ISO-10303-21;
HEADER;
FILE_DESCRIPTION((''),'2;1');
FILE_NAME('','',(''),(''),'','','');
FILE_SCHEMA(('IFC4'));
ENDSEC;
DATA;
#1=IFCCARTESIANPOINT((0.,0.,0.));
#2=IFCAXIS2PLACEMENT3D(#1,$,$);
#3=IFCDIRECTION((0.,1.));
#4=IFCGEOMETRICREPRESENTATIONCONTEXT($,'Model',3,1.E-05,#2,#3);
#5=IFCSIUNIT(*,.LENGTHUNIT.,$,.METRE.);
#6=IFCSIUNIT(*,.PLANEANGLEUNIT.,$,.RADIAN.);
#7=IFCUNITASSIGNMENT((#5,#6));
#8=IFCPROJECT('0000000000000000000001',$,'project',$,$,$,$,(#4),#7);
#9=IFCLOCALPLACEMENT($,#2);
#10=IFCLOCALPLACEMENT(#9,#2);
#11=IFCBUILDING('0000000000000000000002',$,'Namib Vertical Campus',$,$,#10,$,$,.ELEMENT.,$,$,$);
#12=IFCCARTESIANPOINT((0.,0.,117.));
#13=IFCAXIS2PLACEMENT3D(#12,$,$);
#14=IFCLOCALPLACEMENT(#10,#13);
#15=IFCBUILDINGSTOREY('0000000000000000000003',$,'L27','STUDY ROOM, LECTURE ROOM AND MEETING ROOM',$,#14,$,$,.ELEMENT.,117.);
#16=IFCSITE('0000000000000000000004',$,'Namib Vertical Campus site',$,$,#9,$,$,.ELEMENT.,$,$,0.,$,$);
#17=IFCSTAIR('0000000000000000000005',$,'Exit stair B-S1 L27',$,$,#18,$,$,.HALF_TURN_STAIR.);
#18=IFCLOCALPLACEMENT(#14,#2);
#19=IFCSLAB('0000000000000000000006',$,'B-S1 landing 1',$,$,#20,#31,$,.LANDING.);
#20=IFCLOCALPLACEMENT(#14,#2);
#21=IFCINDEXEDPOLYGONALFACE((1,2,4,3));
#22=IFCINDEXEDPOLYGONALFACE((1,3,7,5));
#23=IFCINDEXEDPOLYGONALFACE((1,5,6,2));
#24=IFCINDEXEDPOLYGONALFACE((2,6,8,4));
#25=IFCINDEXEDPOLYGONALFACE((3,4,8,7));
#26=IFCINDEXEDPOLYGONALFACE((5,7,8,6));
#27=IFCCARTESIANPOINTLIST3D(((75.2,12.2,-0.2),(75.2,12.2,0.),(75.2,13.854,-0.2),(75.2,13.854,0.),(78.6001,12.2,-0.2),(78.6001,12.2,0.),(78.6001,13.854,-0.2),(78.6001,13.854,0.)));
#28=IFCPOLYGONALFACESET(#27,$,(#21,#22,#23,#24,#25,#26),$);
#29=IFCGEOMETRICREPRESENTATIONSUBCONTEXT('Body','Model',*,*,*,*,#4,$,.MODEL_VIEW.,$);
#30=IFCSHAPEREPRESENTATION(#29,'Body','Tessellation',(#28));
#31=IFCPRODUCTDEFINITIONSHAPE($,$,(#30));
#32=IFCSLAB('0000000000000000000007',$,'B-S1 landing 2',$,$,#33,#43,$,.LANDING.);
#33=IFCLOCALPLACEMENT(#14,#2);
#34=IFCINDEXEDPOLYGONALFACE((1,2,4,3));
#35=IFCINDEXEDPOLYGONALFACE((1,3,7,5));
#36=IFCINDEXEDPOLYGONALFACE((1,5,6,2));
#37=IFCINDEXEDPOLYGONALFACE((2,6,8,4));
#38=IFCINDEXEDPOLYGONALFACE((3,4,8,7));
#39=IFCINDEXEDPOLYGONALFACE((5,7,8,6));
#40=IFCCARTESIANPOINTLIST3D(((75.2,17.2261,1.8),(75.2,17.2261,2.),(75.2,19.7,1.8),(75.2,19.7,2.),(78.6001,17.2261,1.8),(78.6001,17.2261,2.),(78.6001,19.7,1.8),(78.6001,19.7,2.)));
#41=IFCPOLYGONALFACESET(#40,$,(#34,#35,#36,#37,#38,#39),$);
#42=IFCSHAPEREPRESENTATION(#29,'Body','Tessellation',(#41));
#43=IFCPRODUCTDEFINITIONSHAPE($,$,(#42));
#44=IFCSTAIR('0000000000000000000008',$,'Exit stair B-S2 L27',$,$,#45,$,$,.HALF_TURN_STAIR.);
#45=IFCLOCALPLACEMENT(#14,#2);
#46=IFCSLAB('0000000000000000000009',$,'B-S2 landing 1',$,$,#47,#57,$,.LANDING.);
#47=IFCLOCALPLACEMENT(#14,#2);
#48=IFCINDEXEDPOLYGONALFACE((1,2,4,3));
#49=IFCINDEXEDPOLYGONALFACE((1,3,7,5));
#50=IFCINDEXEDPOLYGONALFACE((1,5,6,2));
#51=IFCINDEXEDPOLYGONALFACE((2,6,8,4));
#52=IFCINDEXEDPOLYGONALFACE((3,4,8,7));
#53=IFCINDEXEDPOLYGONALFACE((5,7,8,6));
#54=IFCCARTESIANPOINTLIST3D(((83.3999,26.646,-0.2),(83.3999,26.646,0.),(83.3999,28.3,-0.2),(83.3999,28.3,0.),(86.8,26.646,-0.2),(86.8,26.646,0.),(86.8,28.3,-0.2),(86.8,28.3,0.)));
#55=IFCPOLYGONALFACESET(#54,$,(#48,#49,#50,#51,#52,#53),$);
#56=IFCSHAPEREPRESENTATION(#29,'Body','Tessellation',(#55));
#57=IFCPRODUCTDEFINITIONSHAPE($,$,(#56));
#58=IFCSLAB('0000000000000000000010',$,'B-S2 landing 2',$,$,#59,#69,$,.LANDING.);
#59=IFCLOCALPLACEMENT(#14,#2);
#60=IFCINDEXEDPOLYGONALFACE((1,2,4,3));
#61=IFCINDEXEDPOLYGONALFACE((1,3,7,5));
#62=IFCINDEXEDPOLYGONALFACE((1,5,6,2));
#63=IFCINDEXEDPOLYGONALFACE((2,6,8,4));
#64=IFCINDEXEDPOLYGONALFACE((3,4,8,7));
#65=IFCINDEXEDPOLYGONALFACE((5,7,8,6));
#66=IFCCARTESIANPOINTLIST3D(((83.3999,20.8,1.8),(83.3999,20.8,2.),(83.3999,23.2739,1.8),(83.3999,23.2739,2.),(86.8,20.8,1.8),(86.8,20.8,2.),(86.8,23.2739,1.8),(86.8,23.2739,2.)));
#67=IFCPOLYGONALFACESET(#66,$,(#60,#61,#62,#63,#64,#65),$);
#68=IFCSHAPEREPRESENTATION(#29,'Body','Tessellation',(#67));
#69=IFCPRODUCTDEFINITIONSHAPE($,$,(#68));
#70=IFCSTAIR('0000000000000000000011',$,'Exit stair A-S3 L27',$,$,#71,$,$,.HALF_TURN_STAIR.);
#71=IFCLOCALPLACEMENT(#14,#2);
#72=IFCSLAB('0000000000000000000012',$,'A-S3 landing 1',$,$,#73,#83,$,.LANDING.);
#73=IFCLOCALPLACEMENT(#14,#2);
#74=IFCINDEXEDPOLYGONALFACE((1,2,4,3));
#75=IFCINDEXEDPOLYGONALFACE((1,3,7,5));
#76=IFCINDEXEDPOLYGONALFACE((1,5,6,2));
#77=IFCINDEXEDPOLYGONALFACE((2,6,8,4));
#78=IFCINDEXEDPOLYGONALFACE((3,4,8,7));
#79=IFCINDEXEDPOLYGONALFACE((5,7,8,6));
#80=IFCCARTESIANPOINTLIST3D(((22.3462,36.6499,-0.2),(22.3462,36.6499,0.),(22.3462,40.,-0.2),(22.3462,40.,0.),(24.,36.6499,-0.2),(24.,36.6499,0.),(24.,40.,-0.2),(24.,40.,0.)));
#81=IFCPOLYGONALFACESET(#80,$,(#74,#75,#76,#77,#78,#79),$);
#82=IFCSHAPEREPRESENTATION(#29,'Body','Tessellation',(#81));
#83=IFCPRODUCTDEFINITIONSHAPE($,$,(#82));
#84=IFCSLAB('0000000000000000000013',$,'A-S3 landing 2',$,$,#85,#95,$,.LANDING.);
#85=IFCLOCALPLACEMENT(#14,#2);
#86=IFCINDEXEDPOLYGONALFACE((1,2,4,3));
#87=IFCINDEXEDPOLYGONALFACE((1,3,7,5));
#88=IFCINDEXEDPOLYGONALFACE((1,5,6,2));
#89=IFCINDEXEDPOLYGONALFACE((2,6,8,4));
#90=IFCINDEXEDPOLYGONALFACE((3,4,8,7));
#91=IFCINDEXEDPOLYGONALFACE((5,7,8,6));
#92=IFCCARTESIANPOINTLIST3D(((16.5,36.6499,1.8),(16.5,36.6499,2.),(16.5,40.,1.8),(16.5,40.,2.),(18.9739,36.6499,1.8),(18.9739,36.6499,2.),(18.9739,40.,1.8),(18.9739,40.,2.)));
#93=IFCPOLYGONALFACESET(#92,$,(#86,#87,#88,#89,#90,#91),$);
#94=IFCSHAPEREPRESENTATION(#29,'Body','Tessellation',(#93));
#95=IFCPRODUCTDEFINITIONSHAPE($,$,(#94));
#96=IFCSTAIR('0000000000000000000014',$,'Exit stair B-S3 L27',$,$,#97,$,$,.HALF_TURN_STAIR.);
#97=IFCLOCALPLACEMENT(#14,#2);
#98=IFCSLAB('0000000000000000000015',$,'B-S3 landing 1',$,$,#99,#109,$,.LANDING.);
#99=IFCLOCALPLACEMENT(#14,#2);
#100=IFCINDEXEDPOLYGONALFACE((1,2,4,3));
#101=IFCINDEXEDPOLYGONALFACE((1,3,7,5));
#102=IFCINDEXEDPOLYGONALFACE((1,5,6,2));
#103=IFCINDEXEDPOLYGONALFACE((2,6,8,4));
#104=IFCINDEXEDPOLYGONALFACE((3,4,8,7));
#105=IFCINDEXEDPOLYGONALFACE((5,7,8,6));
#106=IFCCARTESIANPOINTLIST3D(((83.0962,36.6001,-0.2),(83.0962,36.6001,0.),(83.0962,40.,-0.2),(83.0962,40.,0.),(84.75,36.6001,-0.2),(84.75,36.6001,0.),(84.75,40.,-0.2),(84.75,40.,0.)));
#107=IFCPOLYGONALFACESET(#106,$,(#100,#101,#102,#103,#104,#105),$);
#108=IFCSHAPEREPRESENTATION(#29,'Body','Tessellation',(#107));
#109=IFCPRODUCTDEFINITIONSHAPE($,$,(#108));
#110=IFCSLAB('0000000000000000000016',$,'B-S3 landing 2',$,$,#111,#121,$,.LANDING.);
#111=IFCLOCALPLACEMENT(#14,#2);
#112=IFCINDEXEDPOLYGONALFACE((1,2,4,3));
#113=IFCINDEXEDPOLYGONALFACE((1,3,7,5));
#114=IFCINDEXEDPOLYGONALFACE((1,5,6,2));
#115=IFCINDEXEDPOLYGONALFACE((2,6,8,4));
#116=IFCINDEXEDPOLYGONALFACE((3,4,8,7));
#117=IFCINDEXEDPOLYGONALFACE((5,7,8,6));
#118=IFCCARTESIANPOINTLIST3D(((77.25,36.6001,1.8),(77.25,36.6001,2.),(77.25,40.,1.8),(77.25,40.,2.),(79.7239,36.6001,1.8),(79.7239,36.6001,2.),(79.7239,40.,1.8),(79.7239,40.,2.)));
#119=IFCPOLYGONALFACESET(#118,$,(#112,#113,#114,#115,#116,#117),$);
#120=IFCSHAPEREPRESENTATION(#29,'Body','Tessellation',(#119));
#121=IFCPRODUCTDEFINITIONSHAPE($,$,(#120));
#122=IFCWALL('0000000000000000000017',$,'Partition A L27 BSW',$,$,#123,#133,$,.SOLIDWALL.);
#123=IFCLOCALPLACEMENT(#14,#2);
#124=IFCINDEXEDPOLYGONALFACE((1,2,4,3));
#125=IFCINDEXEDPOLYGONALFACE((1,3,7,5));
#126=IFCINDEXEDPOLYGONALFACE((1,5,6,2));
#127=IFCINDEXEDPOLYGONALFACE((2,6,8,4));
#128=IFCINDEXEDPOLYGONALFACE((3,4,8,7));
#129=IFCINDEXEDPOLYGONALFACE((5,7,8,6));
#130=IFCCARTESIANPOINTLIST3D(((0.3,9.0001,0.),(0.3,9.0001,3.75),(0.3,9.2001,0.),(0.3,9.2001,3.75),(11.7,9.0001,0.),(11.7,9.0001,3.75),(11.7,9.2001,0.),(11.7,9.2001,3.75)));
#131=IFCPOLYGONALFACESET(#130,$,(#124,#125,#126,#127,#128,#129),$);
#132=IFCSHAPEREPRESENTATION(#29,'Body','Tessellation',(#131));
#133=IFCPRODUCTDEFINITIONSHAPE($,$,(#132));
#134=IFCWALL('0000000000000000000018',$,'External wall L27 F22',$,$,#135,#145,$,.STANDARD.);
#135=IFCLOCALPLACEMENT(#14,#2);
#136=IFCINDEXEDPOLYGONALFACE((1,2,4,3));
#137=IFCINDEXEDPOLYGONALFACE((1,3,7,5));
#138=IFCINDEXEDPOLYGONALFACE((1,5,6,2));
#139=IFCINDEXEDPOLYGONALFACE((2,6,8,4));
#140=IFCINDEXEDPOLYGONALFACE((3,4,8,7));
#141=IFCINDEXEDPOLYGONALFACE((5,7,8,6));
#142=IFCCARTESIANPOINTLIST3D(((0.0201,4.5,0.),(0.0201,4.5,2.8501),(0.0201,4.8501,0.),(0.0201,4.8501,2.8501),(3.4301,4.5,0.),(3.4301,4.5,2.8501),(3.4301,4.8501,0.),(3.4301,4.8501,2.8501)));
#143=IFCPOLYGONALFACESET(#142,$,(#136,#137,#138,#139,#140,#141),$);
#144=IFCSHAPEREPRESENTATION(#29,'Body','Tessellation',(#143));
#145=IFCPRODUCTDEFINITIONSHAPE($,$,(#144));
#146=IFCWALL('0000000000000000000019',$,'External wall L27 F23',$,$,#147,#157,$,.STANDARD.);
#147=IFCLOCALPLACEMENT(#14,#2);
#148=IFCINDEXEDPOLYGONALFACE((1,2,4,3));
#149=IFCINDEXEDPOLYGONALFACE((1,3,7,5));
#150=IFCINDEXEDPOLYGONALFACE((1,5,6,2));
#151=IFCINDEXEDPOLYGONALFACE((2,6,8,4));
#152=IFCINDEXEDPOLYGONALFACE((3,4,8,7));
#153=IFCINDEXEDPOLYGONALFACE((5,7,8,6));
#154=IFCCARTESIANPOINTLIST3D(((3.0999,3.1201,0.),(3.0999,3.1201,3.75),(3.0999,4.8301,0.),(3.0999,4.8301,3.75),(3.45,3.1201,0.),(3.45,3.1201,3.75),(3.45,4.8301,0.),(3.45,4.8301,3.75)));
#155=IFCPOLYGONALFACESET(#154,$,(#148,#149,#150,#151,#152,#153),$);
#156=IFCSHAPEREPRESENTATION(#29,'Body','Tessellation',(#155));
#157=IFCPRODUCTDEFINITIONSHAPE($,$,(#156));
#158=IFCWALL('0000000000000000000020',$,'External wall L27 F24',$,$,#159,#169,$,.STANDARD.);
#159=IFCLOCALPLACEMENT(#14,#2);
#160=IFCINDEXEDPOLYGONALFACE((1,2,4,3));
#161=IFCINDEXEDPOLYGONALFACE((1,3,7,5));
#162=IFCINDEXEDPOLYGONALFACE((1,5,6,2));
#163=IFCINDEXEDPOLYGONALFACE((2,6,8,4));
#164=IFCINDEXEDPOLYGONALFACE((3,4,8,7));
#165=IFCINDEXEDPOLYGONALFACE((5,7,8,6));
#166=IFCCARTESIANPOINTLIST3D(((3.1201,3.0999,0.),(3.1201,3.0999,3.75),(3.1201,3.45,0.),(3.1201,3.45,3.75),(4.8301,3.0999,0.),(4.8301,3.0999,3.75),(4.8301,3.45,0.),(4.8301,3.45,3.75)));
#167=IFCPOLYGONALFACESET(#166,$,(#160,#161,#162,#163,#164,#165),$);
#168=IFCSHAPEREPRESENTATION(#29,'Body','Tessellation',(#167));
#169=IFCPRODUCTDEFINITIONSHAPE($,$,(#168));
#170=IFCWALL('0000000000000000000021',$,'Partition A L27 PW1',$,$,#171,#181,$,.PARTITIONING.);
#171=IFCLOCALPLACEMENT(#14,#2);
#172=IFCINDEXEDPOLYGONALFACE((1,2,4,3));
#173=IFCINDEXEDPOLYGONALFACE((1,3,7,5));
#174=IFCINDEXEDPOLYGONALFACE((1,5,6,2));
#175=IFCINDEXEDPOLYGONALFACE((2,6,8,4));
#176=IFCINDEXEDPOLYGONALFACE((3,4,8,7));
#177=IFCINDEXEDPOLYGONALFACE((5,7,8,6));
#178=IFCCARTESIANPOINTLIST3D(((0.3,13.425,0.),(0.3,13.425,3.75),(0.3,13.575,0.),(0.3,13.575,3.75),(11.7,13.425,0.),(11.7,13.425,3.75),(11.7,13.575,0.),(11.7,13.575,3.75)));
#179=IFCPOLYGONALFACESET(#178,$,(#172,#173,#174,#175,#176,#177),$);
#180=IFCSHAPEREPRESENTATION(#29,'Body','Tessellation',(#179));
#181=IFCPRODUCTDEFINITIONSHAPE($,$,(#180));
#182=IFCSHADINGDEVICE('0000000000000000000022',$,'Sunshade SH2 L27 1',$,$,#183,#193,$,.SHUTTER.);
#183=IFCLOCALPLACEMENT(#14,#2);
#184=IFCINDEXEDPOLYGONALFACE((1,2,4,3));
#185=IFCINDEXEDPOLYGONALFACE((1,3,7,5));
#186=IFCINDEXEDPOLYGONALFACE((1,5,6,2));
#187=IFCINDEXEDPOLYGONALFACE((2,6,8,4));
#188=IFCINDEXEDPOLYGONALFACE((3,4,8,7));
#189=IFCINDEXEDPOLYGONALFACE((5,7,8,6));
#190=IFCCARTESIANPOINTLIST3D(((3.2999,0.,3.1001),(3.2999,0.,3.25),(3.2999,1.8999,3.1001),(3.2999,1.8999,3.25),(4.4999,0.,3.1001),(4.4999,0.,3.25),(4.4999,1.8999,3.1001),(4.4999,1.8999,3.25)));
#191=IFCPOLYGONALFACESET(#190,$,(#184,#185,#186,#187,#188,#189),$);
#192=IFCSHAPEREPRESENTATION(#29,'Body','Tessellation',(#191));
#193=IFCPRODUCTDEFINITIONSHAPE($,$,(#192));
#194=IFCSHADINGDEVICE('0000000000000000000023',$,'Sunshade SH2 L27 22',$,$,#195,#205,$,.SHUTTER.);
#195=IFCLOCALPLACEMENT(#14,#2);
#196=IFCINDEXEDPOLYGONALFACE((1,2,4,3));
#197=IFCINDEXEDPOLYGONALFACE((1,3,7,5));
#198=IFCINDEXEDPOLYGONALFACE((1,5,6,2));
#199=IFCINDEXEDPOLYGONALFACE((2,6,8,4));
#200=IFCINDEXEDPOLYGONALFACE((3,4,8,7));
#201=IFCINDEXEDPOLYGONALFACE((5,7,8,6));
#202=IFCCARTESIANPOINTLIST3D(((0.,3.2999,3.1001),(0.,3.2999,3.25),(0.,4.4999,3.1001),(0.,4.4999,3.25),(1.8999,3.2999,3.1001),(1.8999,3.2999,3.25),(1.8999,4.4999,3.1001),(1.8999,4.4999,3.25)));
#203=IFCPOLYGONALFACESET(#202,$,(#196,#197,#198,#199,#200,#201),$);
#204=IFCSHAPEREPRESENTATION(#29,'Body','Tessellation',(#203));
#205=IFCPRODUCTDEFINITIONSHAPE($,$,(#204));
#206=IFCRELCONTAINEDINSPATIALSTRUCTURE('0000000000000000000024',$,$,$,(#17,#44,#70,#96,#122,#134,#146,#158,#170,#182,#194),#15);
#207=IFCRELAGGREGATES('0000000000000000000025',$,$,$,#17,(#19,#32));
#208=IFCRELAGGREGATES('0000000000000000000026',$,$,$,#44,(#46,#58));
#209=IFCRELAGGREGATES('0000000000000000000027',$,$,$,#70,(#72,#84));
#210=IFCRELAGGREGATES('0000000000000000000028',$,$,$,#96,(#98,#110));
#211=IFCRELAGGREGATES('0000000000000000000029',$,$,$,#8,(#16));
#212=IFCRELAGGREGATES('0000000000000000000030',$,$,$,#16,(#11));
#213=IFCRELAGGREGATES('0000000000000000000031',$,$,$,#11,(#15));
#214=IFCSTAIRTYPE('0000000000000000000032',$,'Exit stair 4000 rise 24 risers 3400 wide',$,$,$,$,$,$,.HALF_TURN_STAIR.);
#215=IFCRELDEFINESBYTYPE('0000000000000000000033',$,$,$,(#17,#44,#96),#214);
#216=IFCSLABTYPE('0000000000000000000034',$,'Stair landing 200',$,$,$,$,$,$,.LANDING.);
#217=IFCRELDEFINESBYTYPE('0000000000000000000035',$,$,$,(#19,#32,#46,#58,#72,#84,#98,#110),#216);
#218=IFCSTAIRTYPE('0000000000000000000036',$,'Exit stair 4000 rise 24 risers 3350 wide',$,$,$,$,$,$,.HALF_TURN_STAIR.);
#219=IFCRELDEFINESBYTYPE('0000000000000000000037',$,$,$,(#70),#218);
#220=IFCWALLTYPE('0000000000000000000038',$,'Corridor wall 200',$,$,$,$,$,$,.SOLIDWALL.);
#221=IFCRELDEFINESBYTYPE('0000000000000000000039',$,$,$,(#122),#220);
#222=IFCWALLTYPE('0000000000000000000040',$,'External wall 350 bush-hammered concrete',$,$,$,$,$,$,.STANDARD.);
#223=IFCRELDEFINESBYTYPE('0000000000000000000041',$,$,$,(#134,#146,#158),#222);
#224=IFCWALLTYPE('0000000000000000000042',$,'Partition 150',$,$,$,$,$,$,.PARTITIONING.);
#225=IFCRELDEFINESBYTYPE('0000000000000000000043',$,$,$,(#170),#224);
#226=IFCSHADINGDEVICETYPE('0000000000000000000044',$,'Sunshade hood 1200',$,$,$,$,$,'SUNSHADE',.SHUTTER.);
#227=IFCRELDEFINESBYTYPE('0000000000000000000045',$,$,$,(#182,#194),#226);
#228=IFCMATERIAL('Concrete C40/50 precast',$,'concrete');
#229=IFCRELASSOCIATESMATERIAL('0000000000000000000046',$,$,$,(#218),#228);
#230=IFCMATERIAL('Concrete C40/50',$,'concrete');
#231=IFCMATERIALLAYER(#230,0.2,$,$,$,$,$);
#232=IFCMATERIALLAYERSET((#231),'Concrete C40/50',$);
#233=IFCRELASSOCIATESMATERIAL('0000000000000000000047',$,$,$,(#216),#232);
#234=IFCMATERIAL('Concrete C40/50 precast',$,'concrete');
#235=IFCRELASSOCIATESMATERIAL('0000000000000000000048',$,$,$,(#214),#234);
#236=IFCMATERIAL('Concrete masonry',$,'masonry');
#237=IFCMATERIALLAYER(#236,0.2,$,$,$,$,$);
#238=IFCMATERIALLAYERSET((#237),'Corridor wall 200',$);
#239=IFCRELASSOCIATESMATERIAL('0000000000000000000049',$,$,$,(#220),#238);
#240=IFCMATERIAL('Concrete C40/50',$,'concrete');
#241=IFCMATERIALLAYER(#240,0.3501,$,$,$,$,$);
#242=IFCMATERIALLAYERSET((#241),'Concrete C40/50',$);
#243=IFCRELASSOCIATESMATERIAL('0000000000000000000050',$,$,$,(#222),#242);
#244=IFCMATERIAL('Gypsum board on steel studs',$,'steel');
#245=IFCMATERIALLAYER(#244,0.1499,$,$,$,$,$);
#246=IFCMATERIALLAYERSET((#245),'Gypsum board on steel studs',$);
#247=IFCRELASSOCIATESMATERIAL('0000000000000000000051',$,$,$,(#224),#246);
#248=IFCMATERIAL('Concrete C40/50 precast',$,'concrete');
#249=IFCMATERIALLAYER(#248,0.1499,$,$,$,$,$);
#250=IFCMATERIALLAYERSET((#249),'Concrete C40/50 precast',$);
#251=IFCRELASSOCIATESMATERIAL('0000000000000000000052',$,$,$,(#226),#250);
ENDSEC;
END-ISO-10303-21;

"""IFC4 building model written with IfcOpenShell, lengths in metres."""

from ifc_helpers import new_model, si_unit, direction, frame, frame_2d, origin, origin_2d, place, context, subcontext, project, spatial, polyline, rectangle, outline, extrude, material, layer, layer_set, type_object, element, aggregate, save


model = new_model("IFC4")

# Units and contexts
model_context = context("Model", 3, precision=1e-05, world=origin(), true_north=direction((0.0, 1.0)))
body_context = subcontext(model_context, "Body", "Model", "MODEL_VIEW")
ifc_project = project(units=[si_unit("LENGTHUNIT", "METRE"), si_unit("PLANEANGLEUNIT", "RADIAN")], contexts=[model_context])

# Site, building, storey
site_placement = place(None, origin())
site = spatial("IfcSite", under=ifc_project, at=site_placement, Name="Namib Vertical Campus site", CompositionType="ELEMENT", RefElevation=0.0)
building_placement = place(site_placement, origin())
building = spatial("IfcBuilding", under=site, at=building_placement, Name="Namib Vertical Campus", CompositionType="ELEMENT")
storey_placement = place(building_placement, frame((0.0, 0.0, 117.0)))
storey = spatial("IfcBuildingStorey", under=building, at=storey_placement, Name="L27", Description="STUDY ROOM, LECTURE ROOM AND MEETING ROOM", CompositionType="ELEMENT", Elevation=117.0)

# Stairs, slabs
ifc_material_1 = material(Name="Concrete C40/50 precast", Category="concrete")
stair_type_1 = type_object("IfcStairType", Name="Exit stair 4000 rise 24 risers 3350 wide", PredefinedType="HALF_TURN_STAIR", material=ifc_material_1)
ifc_material_2 = material(Name="Concrete C40/50", Category="concrete")
ifc_layer_1 = layer(ifc_material_2, 0.2)
ifc_layer_set_1 = layer_set([ifc_layer_1], Name="Concrete C40/50")
slab_type_1 = type_object("IfcSlabType", Name="Stair landing 200", PredefinedType="LANDING", material=ifc_layer_set_1)
ifc_material_3 = material(Name="Concrete C40/50 precast", Category="concrete")
stair_type_2 = type_object("IfcStairType", Name="Exit stair 4000 rise 24 risers 3400 wide", PredefinedType="HALF_TURN_STAIR", material=ifc_material_3)
stair_1_placement = place(storey_placement, origin())
stair_1 = element("IfcStair", 1, at=stair_1_placement, inside=storey, type_object=stair_type_2, Name="Exit stair B-S1 L27", PredefinedType="HALF_TURN_STAIR")
slab_1_placement = place(storey_placement, frame((0.0, 0.0, -0.2)))
slab_1 = element("IfcSlab", 2, at=slab_1_placement, type_object=slab_type_1, Name="B-S1 landing 1", PredefinedType="LANDING", context=body_context, shape_type="SweptSolid", body=[
    extrude(outline(polyline([(75.2, 12.2), (78.6001, 12.2), (78.6001, 13.854), (75.2, 13.854), (75.2, 12.2)])), origin(), (0.0, 0.0, 1.0), 0.2),
])
slab_2_placement = place(storey_placement, frame((0.0, 0.0, 1.8)))
slab_2 = element("IfcSlab", 3, at=slab_2_placement, type_object=slab_type_1, Name="B-S1 landing 2", PredefinedType="LANDING", context=body_context, shape_type="SweptSolid", body=[
    extrude(outline(polyline([(75.2, 17.2261), (78.6001, 17.2261), (78.6001, 19.7), (75.2, 19.7), (75.2, 17.2261)])), origin(), (0.0, 0.0, 1.0), 0.2),
])
aggregate(stair_1, [slab_1, slab_2])
stair_2_placement = place(storey_placement, origin())
stair_2 = element("IfcStair", 4, at=stair_2_placement, inside=storey, type_object=stair_type_2, Name="Exit stair B-S2 L27", PredefinedType="HALF_TURN_STAIR")
slab_3_placement = place(storey_placement, frame((0.0, 0.0, -0.2)))
slab_3 = element("IfcSlab", 5, at=slab_3_placement, type_object=slab_type_1, Name="B-S2 landing 1", PredefinedType="LANDING", context=body_context, shape_type="SweptSolid", body=[
    extrude(outline(polyline([(83.3999, 26.646), (86.8, 26.646), (86.8, 28.3), (83.3999, 28.3), (83.3999, 26.646)])), origin(), (0.0, 0.0, 1.0), 0.2),
])
slab_4_placement = place(storey_placement, frame((0.0, 0.0, 1.8)))
slab_4 = element("IfcSlab", 6, at=slab_4_placement, type_object=slab_type_1, Name="B-S2 landing 2", PredefinedType="LANDING", context=body_context, shape_type="SweptSolid", body=[
    extrude(outline(polyline([(83.3999, 20.8), (86.8, 20.8), (86.8, 23.2739), (83.3999, 23.2739), (83.3999, 20.8)])), origin(), (0.0, 0.0, 1.0), 0.2),
])
aggregate(stair_2, [slab_3, slab_4])
stair_3_placement = place(storey_placement, origin())
stair_3 = element("IfcStair", 7, at=stair_3_placement, inside=storey, type_object=stair_type_1, Name="Exit stair A-S3 L27", PredefinedType="HALF_TURN_STAIR")
slab_5_placement = place(storey_placement, frame((0.0, 0.0, -0.2)))
slab_5 = element("IfcSlab", 8, at=slab_5_placement, type_object=slab_type_1, Name="A-S3 landing 1", PredefinedType="LANDING", context=body_context, shape_type="SweptSolid", body=[
    extrude(outline(polyline([(22.3462, 36.6499), (22.3462, 40.0), (24.0, 40.0), (24.0, 36.6499), (22.3462, 36.6499)])), origin(), (0.0, 0.0, 1.0), 0.2),
])
slab_6_placement = place(storey_placement, frame((0.0, 0.0, 1.8)))
slab_6 = element("IfcSlab", 9, at=slab_6_placement, type_object=slab_type_1, Name="A-S3 landing 2", PredefinedType="LANDING", context=body_context, shape_type="SweptSolid", body=[
    extrude(outline(polyline([(16.5, 36.6499), (16.5, 40.0), (18.9739, 40.0), (18.9739, 36.6499), (16.5, 36.6499)])), origin(), (0.0, 0.0, 1.0), 0.2),
])
aggregate(stair_3, [slab_5, slab_6])
stair_4_placement = place(storey_placement, origin())
stair_4 = element("IfcStair", 10, at=stair_4_placement, inside=storey, type_object=stair_type_2, Name="Exit stair B-S3 L27", PredefinedType="HALF_TURN_STAIR")
slab_7_placement = place(storey_placement, frame((0.0, 0.0, -0.2)))
slab_7 = element("IfcSlab", 11, at=slab_7_placement, type_object=slab_type_1, Name="B-S3 landing 1", PredefinedType="LANDING", context=body_context, shape_type="SweptSolid", body=[
    extrude(outline(polyline([(83.0962, 36.6001), (83.0962, 40.0), (84.75, 40.0), (84.75, 36.6001), (83.0962, 36.6001)])), origin(), (0.0, 0.0, 1.0), 0.2),
])
slab_8_placement = place(storey_placement, frame((0.0, 0.0, 1.8)))
slab_8 = element("IfcSlab", 12, at=slab_8_placement, type_object=slab_type_1, Name="B-S3 landing 2", PredefinedType="LANDING", context=body_context, shape_type="SweptSolid", body=[
    extrude(outline(polyline([(77.25, 36.6001), (77.25, 40.0), (79.7239, 40.0), (79.7239, 36.6001), (77.25, 36.6001)])), origin(), (0.0, 0.0, 1.0), 0.2),
])
aggregate(stair_4, [slab_7, slab_8])

# Walls
ifc_material_4 = material(Name="Concrete masonry", Category="masonry")
ifc_layer_2 = layer(ifc_material_4, 0.2)
ifc_layer_set_2 = layer_set([ifc_layer_2], Name="Corridor wall 200")
wall_type_1 = type_object("IfcWallType", Name="Corridor wall 200", PredefinedType="SOLIDWALL", material=ifc_layer_set_2)
wall_1_placement = place(storey_placement, frame((0.3, 9.1001, 0.0), z_axis=(0.0, 0.0, 1.0), x_axis=(1.0, 0.0, 0.0)))
element("IfcWall", 13, at=wall_1_placement, inside=storey, type_object=wall_type_1, Name="Partition A L27 BSW", PredefinedType="SOLIDWALL", context=body_context, shape_type="SweptSolid", body=[
    extrude(rectangle(XDim=11.3999, YDim=0.2, at=frame_2d((5.7, 0.0))), origin(), (0.0, 0.0, 1.0), 3.75),
])
ifc_material_5 = material(Name="Concrete C40/50", Category="concrete")
ifc_layer_3 = layer(ifc_material_5, 0.3501)
ifc_layer_set_3 = layer_set([ifc_layer_3], Name="Concrete C40/50")
wall_type_2 = type_object("IfcWallType", Name="External wall 350 bush-hammered concrete", PredefinedType="STANDARD", material=ifc_layer_set_3)
wall_2_placement = place(storey_placement, frame((0.02, 4.675, 0.0), z_axis=(0.0, 0.0, 1.0), x_axis=(1.0, 0.0, 0.0)))
element("IfcWall", 14, at=wall_2_placement, inside=storey, type_object=wall_type_2, Name="External wall L27 F22", PredefinedType="STANDARD", context=body_context, shape_type="SweptSolid", body=[
    extrude(rectangle(XDim=3.4099, YDim=0.3501, at=frame_2d((1.7051, 0.0))), origin(), (0.0, 0.0, 1.0), 2.8501),
])
for number, where, z_axis, x_axis, name in (
    (15, (3.2749, 4.8301, 0.0), (0.0, 0.0, 1.0), (0.0, -1.0, 0.0), "External wall L27 F23"),
    (16, (3.1201, 3.2749, 0.0), (0.0, 0.0, 1.0), (1.0, 0.0, 0.0), "External wall L27 F24"),
):
    element("IfcWall", number, at=place(storey_placement, frame(where, z_axis=z_axis, x_axis=x_axis)), inside=storey, type_object=wall_type_2, Name=name, PredefinedType="STANDARD", context=body_context, shape_type="SweptSolid", body=[
        extrude(rectangle(XDim=1.71, YDim=0.3501, at=frame_2d((0.855, 0.0))), origin(), (0.0, 0.0, 1.0), 3.75),
    ])
ifc_material_6 = material(Name="Gypsum board on steel studs", Category="steel")
ifc_layer_4 = layer(ifc_material_6, 0.1499)
ifc_layer_set_4 = layer_set([ifc_layer_4], Name="Gypsum board on steel studs")
wall_type_3 = type_object("IfcWallType", Name="Partition 150", PredefinedType="PARTITIONING", material=ifc_layer_set_4)
wall_3_placement = place(storey_placement, frame((0.3, 13.5, 0.0), z_axis=(0.0, 0.0, 1.0), x_axis=(1.0, 0.0, 0.0)))
element("IfcWall", 17, at=wall_3_placement, inside=storey, type_object=wall_type_3, Name="Partition A L27 PW1", PredefinedType="PARTITIONING", context=body_context, shape_type="SweptSolid", body=[
    extrude(rectangle(XDim=11.3999, YDim=0.1499, at=frame_2d((5.7, 0.0))), origin(), (0.0, 0.0, 1.0), 3.75),
])

# Shading devices
ifc_material_7 = material(Name="Concrete C40/50 precast", Category="concrete")
ifc_layer_5 = layer(ifc_material_7, 0.1499)
ifc_layer_set_5 = layer_set([ifc_layer_5], Name="Concrete C40/50 precast")
shading_device_type = type_object("IfcShadingDeviceType", Name="Sunshade hood 1200", ElementType="SUNSHADE", PredefinedType="SHUTTER", material=ifc_layer_set_5)
for number, where, z_axis, x_axis, name in (
    (18, (3.8999, 0.95, 3.1001), (0.0, 0.0, 1.0), (0.0, -1.0, 0.0), "Sunshade SH2 L27 1"),
    (19, (0.95, 3.8999, 3.1001), (0.0, 0.0, 1.0), (1.0, 0.0, 0.0), "Sunshade SH2 L27 22"),
):
    element("IfcShadingDevice", number, at=place(storey_placement, frame(where, z_axis=z_axis, x_axis=x_axis)), inside=storey, type_object=shading_device_type, Name=name, PredefinedType="SHUTTER", context=body_context, shape_type="SweptSolid", body=[
        extrude(rectangle(XDim=1.8999, YDim=1.2, at=origin_2d()), origin(), (0.0, 0.0, 1.0), 0.1499),
    ])

save(model, "model.ifc")
